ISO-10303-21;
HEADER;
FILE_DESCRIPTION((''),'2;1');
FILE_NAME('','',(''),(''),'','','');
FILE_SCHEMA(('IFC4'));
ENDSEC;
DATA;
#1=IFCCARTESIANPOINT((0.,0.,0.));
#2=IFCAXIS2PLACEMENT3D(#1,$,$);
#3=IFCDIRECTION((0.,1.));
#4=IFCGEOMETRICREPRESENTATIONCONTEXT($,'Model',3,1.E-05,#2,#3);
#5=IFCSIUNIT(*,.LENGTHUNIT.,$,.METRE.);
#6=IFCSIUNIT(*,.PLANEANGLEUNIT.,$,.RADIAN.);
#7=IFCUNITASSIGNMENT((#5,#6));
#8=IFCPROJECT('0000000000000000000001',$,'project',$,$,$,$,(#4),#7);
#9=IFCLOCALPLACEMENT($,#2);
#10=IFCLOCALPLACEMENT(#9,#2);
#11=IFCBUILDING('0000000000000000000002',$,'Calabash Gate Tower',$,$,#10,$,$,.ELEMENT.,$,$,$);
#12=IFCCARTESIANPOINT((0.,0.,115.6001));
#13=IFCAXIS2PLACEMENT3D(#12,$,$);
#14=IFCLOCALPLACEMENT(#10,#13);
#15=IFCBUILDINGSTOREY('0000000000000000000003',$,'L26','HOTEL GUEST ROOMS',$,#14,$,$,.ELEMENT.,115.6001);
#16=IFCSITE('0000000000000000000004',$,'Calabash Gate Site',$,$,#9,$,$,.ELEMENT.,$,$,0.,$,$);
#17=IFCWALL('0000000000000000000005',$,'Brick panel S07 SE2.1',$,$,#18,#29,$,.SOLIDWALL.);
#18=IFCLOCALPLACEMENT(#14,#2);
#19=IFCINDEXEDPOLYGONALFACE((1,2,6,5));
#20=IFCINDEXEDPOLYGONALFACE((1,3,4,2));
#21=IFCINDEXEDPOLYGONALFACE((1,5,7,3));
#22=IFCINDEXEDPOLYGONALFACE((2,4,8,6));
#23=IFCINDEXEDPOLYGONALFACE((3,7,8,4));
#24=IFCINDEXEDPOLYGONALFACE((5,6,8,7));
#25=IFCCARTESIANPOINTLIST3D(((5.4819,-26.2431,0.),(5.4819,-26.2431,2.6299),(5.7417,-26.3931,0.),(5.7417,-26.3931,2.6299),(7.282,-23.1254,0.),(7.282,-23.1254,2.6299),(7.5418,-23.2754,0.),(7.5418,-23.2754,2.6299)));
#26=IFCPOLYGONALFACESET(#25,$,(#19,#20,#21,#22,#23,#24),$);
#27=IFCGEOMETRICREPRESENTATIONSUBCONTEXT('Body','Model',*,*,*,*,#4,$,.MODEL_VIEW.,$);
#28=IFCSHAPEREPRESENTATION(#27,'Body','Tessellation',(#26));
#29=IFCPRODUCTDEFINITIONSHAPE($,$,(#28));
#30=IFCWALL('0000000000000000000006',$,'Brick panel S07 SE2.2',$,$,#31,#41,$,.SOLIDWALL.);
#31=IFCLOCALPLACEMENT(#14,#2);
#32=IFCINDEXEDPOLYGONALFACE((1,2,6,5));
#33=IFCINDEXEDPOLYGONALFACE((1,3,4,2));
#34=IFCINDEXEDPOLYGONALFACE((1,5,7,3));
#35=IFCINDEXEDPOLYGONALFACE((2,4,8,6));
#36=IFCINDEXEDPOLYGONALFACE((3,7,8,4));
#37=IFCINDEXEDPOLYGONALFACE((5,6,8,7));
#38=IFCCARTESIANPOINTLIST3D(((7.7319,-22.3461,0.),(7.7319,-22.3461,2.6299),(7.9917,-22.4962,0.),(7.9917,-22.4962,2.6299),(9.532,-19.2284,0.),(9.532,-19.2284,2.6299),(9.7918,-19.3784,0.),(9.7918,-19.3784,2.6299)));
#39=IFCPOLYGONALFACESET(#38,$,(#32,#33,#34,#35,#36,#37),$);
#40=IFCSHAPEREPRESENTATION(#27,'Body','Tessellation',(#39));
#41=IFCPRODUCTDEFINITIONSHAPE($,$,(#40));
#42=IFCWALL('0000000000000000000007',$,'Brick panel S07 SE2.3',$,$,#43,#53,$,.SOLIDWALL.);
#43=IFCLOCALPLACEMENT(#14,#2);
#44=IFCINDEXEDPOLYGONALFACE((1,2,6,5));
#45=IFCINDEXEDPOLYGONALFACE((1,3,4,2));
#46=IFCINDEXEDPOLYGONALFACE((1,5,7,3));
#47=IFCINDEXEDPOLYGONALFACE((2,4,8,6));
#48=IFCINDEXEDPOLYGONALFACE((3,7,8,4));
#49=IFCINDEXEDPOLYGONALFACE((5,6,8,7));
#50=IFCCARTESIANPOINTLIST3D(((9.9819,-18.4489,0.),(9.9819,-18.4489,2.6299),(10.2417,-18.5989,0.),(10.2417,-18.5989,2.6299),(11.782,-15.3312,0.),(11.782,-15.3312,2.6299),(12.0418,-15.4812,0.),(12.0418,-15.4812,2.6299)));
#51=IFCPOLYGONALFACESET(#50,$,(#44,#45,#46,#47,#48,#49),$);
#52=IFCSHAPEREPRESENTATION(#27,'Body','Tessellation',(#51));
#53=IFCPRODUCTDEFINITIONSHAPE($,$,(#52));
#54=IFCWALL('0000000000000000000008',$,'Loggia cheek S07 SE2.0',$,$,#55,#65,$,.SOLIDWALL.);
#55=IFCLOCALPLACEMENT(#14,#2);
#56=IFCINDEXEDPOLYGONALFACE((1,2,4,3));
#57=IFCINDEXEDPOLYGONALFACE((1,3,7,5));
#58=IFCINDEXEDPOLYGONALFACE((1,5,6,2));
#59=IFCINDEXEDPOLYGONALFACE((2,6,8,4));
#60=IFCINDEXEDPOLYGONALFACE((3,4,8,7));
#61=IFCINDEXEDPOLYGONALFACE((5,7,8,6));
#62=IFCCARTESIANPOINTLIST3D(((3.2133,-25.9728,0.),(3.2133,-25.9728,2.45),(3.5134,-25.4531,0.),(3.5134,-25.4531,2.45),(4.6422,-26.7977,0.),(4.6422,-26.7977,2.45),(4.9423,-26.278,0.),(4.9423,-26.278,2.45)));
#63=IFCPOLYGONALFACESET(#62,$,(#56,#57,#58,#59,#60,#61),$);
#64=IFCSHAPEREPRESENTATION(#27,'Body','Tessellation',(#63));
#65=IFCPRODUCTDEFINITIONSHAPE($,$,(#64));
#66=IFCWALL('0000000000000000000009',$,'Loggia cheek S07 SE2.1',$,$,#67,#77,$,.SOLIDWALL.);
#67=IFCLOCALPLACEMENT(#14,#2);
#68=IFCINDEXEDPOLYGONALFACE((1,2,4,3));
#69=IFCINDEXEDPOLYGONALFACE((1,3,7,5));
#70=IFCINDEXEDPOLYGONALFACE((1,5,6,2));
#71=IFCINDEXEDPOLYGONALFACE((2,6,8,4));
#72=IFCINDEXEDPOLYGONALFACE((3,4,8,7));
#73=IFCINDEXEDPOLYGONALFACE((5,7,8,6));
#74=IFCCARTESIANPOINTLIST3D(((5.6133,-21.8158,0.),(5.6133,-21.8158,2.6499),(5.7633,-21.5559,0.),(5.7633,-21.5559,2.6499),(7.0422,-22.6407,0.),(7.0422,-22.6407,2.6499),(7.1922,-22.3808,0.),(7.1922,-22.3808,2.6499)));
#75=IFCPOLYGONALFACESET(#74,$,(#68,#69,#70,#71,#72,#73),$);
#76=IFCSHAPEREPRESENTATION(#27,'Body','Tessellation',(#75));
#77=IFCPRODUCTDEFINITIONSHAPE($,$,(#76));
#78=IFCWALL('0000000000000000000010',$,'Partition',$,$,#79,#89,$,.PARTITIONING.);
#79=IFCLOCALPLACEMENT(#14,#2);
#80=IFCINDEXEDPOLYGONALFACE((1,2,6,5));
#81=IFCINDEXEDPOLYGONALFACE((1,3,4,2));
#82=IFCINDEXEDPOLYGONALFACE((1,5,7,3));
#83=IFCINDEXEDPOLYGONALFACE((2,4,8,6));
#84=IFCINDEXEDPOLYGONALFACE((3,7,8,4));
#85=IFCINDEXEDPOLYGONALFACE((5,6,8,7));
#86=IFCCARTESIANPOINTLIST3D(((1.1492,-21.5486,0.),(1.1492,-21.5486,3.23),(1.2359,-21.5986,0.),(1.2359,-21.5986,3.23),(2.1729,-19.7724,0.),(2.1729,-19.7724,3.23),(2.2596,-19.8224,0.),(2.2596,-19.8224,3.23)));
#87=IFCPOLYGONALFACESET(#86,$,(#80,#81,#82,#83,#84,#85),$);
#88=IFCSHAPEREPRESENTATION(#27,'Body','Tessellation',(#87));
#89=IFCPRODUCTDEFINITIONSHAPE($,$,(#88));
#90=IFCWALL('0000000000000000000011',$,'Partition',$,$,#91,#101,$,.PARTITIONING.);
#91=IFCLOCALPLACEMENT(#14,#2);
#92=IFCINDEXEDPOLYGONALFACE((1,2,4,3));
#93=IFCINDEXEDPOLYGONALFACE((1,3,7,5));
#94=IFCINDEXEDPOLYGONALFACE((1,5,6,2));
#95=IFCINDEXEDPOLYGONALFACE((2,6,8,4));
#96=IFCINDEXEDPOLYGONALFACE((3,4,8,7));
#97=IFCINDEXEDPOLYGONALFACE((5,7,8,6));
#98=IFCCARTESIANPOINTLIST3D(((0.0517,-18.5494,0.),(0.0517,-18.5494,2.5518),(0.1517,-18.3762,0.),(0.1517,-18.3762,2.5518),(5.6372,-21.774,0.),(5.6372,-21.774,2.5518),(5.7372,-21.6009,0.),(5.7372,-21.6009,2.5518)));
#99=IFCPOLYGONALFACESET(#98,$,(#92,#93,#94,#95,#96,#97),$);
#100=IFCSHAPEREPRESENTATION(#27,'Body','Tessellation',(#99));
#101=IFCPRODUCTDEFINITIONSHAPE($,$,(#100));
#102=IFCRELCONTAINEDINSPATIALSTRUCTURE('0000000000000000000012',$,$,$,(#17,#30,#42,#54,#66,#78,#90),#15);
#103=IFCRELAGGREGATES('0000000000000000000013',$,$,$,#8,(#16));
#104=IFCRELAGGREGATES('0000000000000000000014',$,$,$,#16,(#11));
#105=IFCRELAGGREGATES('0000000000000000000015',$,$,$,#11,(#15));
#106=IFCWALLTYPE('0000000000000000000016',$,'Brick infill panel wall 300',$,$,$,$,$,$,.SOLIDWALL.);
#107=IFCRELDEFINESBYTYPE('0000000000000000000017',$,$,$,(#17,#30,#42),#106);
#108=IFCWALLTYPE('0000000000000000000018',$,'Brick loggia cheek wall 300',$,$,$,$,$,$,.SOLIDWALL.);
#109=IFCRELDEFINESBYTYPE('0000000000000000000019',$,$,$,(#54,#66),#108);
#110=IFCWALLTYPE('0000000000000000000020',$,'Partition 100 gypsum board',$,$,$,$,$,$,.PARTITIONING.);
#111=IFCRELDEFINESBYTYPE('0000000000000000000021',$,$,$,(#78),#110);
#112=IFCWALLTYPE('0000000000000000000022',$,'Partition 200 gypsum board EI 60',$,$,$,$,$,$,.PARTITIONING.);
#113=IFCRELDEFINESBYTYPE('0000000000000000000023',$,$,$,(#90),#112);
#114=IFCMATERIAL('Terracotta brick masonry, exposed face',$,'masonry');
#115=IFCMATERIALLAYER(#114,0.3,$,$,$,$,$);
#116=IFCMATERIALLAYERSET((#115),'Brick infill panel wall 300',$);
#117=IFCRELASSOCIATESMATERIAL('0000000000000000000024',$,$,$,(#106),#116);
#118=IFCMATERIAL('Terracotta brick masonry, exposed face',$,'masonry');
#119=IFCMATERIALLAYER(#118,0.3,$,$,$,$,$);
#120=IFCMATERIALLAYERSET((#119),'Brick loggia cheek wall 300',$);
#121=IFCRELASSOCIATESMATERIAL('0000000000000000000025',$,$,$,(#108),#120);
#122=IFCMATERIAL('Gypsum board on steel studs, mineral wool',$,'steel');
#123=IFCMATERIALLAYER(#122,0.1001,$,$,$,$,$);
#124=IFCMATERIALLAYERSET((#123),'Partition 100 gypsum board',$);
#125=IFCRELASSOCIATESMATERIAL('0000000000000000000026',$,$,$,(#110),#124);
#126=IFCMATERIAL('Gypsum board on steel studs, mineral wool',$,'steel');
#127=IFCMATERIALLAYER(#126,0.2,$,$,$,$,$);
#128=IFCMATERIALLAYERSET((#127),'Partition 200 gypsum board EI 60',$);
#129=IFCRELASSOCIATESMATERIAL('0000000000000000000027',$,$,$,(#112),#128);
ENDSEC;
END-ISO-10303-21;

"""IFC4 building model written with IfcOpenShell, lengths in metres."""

from ifc_helpers import new_model, si_unit, direction, frame, frame_2d, origin, place, context, subcontext, project, spatial, rectangle, extrude, material, layer, layer_set, type_object, element, save


model = new_model("IFC4")

# Units and contexts
model_context = context("Model", 3, precision=1e-05, world=origin(), true_north=direction((0.0, 1.0)))
body_context = subcontext(model_context, "Body", "Model", "MODEL_VIEW")
ifc_project = project(units=[si_unit("LENGTHUNIT", "METRE"), si_unit("PLANEANGLEUNIT", "RADIAN")], contexts=[model_context])

# Site, building, storey
site_placement = place(None, origin())
site = spatial("IfcSite", under=ifc_project, at=site_placement, Name="Calabash Gate Site", CompositionType="ELEMENT", RefElevation=0.0)
building_placement = place(site_placement, origin())
building = spatial("IfcBuilding", under=site, at=building_placement, Name="Calabash Gate Tower", CompositionType="ELEMENT")
storey_placement = place(building_placement, frame((0.0, 0.0, 115.6001)))
storey = spatial("IfcBuildingStorey", under=building, at=storey_placement, Name="L26", Description="HOTEL GUEST ROOMS", CompositionType="ELEMENT", Elevation=115.6001)

# Walls
ifc_material_1 = material(Name="Terracotta brick masonry, exposed face", Category="masonry")
ifc_layer_1 = layer(ifc_material_1, 0.3)
ifc_layer_set_1 = layer_set([ifc_layer_1], Name="Brick infill panel wall 300")
wall_type_1 = type_object("IfcWallType", Name="Brick infill panel wall 300", PredefinedType="SOLIDWALL", material=ifc_layer_set_1)
for number, where, z_axis, x_axis, name in (
    (1, (5.6118, -26.3181, 0.0), (0.0, 0.0, 1.0), (0.500012, 0.866018, 0.0), "Brick panel S07 SE2.1"),
    (2, (7.8618, -22.4211, 0.0), (0.0, 0.0, 1.0), (0.500012, 0.866018, 0.0), "Brick panel S07 SE2.2"),
    (3, (10.1118, -18.5239, 0.0), (0.0, 0.0, 1.0), (0.500012, 0.866018, 0.0), "Brick panel S07 SE2.3"),
):
    element("IfcWall", number, at=place(storey_placement, frame(where, z_axis=z_axis, x_axis=x_axis)), inside=storey, type_object=wall_type_1, Name=name, PredefinedType="SOLIDWALL", context=body_context, shape_type="SweptSolid", body=[
        extrude(rectangle(XDim=3.6001, YDim=0.3, at=frame_2d((1.8, 0.0))), origin(), (0.0, 0.0, 1.0), 2.6299),
    ])
ifc_material_2 = material(Name="Terracotta brick masonry, exposed face", Category="masonry")
ifc_layer_2 = layer(ifc_material_2, 0.3)
ifc_layer_set_2 = layer_set([ifc_layer_2], Name="Brick loggia cheek wall 300")
wall_type_2 = type_object("IfcWallType", Name="Brick loggia cheek wall 300", PredefinedType="SOLIDWALL", material=ifc_layer_set_2)
wall_1_placement = place(storey_placement, frame((4.7922, -26.5378, 0.0), z_axis=(0.0, 0.0, 1.0), x_axis=(-0.86604, 0.499974, 0.0)))
element("IfcWall", 4, at=wall_1_placement, inside=storey, type_object=wall_type_2, Name="Loggia cheek S07 SE2.0", PredefinedType="SOLIDWALL", context=body_context, shape_type="SweptSolid", body=[
    extrude(rectangle(XDim=1.6499, YDim=0.6001, at=frame_2d((0.825, 0.0))), origin(), (0.0, 0.0, 1.0), 2.45),
])
wall_2_placement = place(storey_placement, frame((7.1172, -22.5107, 0.0), z_axis=(0.0, 0.0, 1.0), x_axis=(-0.86604, 0.499974, 0.0)))
element("IfcWall", 5, at=wall_2_placement, inside=storey, type_object=wall_type_2, Name="Loggia cheek S07 SE2.1", PredefinedType="SOLIDWALL", context=body_context, shape_type="SweptSolid", body=[
    extrude(rectangle(XDim=1.6499, YDim=0.3, at=frame_2d((0.825, 0.0))), origin(), (0.0, 0.0, 1.0), 2.6499),
])
ifc_material_3 = material(Name="Gypsum board on steel studs, mineral wool", Category="steel")
ifc_layer_3 = layer(ifc_material_3, 0.1001)
ifc_layer_set_3 = layer_set([ifc_layer_3], Name="Partition 100 gypsum board")
wall_type_3 = type_object("IfcWallType", Name="Partition 100 gypsum board", PredefinedType="PARTITIONING", material=ifc_layer_set_3)
wall_3_placement = place(storey_placement, frame((1.1926, -21.5735, 0.0), z_axis=(0.0, 0.0, 1.0), x_axis=(0.499355, 0.866398, 0.0)))
element("IfcWall", 6, at=wall_3_placement, inside=storey, type_object=wall_type_3, Name="Partition", PredefinedType="PARTITIONING", context=body_context, shape_type="SweptSolid", body=[
    extrude(rectangle(XDim=2.05, YDim=0.1001, at=frame_2d((1.0249, 0.0))), origin(), (0.0, 0.0, 1.0), 3.23),
])
ifc_material_4 = material(Name="Gypsum board on steel studs, mineral wool", Category="steel")
ifc_layer_4 = layer(ifc_material_4, 0.2)
ifc_layer_set_4 = layer_set([ifc_layer_4], Name="Partition 200 gypsum board EI 60")
wall_type_4 = type_object("IfcWallType", Name="Partition 200 gypsum board EI 60", PredefinedType="PARTITIONING", material=ifc_layer_set_4)
wall_4_placement = place(storey_placement, frame((0.1018, -18.4629, 0.0), z_axis=(0.0, 0.0, 1.0), x_axis=(0.866036, -0.499982, 0.0)))
element("IfcWall", 7, at=wall_4_placement, inside=storey, type_object=wall_type_4, Name="Partition", PredefinedType="PARTITIONING", context=body_context, shape_type="SweptSolid", body=[
    extrude(rectangle(XDim=6.4495, YDim=0.2, at=frame_2d((3.2246, 0.0))), origin(), (0.0, 0.0, 1.0), 2.5518),
])

save(model, "model.ifc")
